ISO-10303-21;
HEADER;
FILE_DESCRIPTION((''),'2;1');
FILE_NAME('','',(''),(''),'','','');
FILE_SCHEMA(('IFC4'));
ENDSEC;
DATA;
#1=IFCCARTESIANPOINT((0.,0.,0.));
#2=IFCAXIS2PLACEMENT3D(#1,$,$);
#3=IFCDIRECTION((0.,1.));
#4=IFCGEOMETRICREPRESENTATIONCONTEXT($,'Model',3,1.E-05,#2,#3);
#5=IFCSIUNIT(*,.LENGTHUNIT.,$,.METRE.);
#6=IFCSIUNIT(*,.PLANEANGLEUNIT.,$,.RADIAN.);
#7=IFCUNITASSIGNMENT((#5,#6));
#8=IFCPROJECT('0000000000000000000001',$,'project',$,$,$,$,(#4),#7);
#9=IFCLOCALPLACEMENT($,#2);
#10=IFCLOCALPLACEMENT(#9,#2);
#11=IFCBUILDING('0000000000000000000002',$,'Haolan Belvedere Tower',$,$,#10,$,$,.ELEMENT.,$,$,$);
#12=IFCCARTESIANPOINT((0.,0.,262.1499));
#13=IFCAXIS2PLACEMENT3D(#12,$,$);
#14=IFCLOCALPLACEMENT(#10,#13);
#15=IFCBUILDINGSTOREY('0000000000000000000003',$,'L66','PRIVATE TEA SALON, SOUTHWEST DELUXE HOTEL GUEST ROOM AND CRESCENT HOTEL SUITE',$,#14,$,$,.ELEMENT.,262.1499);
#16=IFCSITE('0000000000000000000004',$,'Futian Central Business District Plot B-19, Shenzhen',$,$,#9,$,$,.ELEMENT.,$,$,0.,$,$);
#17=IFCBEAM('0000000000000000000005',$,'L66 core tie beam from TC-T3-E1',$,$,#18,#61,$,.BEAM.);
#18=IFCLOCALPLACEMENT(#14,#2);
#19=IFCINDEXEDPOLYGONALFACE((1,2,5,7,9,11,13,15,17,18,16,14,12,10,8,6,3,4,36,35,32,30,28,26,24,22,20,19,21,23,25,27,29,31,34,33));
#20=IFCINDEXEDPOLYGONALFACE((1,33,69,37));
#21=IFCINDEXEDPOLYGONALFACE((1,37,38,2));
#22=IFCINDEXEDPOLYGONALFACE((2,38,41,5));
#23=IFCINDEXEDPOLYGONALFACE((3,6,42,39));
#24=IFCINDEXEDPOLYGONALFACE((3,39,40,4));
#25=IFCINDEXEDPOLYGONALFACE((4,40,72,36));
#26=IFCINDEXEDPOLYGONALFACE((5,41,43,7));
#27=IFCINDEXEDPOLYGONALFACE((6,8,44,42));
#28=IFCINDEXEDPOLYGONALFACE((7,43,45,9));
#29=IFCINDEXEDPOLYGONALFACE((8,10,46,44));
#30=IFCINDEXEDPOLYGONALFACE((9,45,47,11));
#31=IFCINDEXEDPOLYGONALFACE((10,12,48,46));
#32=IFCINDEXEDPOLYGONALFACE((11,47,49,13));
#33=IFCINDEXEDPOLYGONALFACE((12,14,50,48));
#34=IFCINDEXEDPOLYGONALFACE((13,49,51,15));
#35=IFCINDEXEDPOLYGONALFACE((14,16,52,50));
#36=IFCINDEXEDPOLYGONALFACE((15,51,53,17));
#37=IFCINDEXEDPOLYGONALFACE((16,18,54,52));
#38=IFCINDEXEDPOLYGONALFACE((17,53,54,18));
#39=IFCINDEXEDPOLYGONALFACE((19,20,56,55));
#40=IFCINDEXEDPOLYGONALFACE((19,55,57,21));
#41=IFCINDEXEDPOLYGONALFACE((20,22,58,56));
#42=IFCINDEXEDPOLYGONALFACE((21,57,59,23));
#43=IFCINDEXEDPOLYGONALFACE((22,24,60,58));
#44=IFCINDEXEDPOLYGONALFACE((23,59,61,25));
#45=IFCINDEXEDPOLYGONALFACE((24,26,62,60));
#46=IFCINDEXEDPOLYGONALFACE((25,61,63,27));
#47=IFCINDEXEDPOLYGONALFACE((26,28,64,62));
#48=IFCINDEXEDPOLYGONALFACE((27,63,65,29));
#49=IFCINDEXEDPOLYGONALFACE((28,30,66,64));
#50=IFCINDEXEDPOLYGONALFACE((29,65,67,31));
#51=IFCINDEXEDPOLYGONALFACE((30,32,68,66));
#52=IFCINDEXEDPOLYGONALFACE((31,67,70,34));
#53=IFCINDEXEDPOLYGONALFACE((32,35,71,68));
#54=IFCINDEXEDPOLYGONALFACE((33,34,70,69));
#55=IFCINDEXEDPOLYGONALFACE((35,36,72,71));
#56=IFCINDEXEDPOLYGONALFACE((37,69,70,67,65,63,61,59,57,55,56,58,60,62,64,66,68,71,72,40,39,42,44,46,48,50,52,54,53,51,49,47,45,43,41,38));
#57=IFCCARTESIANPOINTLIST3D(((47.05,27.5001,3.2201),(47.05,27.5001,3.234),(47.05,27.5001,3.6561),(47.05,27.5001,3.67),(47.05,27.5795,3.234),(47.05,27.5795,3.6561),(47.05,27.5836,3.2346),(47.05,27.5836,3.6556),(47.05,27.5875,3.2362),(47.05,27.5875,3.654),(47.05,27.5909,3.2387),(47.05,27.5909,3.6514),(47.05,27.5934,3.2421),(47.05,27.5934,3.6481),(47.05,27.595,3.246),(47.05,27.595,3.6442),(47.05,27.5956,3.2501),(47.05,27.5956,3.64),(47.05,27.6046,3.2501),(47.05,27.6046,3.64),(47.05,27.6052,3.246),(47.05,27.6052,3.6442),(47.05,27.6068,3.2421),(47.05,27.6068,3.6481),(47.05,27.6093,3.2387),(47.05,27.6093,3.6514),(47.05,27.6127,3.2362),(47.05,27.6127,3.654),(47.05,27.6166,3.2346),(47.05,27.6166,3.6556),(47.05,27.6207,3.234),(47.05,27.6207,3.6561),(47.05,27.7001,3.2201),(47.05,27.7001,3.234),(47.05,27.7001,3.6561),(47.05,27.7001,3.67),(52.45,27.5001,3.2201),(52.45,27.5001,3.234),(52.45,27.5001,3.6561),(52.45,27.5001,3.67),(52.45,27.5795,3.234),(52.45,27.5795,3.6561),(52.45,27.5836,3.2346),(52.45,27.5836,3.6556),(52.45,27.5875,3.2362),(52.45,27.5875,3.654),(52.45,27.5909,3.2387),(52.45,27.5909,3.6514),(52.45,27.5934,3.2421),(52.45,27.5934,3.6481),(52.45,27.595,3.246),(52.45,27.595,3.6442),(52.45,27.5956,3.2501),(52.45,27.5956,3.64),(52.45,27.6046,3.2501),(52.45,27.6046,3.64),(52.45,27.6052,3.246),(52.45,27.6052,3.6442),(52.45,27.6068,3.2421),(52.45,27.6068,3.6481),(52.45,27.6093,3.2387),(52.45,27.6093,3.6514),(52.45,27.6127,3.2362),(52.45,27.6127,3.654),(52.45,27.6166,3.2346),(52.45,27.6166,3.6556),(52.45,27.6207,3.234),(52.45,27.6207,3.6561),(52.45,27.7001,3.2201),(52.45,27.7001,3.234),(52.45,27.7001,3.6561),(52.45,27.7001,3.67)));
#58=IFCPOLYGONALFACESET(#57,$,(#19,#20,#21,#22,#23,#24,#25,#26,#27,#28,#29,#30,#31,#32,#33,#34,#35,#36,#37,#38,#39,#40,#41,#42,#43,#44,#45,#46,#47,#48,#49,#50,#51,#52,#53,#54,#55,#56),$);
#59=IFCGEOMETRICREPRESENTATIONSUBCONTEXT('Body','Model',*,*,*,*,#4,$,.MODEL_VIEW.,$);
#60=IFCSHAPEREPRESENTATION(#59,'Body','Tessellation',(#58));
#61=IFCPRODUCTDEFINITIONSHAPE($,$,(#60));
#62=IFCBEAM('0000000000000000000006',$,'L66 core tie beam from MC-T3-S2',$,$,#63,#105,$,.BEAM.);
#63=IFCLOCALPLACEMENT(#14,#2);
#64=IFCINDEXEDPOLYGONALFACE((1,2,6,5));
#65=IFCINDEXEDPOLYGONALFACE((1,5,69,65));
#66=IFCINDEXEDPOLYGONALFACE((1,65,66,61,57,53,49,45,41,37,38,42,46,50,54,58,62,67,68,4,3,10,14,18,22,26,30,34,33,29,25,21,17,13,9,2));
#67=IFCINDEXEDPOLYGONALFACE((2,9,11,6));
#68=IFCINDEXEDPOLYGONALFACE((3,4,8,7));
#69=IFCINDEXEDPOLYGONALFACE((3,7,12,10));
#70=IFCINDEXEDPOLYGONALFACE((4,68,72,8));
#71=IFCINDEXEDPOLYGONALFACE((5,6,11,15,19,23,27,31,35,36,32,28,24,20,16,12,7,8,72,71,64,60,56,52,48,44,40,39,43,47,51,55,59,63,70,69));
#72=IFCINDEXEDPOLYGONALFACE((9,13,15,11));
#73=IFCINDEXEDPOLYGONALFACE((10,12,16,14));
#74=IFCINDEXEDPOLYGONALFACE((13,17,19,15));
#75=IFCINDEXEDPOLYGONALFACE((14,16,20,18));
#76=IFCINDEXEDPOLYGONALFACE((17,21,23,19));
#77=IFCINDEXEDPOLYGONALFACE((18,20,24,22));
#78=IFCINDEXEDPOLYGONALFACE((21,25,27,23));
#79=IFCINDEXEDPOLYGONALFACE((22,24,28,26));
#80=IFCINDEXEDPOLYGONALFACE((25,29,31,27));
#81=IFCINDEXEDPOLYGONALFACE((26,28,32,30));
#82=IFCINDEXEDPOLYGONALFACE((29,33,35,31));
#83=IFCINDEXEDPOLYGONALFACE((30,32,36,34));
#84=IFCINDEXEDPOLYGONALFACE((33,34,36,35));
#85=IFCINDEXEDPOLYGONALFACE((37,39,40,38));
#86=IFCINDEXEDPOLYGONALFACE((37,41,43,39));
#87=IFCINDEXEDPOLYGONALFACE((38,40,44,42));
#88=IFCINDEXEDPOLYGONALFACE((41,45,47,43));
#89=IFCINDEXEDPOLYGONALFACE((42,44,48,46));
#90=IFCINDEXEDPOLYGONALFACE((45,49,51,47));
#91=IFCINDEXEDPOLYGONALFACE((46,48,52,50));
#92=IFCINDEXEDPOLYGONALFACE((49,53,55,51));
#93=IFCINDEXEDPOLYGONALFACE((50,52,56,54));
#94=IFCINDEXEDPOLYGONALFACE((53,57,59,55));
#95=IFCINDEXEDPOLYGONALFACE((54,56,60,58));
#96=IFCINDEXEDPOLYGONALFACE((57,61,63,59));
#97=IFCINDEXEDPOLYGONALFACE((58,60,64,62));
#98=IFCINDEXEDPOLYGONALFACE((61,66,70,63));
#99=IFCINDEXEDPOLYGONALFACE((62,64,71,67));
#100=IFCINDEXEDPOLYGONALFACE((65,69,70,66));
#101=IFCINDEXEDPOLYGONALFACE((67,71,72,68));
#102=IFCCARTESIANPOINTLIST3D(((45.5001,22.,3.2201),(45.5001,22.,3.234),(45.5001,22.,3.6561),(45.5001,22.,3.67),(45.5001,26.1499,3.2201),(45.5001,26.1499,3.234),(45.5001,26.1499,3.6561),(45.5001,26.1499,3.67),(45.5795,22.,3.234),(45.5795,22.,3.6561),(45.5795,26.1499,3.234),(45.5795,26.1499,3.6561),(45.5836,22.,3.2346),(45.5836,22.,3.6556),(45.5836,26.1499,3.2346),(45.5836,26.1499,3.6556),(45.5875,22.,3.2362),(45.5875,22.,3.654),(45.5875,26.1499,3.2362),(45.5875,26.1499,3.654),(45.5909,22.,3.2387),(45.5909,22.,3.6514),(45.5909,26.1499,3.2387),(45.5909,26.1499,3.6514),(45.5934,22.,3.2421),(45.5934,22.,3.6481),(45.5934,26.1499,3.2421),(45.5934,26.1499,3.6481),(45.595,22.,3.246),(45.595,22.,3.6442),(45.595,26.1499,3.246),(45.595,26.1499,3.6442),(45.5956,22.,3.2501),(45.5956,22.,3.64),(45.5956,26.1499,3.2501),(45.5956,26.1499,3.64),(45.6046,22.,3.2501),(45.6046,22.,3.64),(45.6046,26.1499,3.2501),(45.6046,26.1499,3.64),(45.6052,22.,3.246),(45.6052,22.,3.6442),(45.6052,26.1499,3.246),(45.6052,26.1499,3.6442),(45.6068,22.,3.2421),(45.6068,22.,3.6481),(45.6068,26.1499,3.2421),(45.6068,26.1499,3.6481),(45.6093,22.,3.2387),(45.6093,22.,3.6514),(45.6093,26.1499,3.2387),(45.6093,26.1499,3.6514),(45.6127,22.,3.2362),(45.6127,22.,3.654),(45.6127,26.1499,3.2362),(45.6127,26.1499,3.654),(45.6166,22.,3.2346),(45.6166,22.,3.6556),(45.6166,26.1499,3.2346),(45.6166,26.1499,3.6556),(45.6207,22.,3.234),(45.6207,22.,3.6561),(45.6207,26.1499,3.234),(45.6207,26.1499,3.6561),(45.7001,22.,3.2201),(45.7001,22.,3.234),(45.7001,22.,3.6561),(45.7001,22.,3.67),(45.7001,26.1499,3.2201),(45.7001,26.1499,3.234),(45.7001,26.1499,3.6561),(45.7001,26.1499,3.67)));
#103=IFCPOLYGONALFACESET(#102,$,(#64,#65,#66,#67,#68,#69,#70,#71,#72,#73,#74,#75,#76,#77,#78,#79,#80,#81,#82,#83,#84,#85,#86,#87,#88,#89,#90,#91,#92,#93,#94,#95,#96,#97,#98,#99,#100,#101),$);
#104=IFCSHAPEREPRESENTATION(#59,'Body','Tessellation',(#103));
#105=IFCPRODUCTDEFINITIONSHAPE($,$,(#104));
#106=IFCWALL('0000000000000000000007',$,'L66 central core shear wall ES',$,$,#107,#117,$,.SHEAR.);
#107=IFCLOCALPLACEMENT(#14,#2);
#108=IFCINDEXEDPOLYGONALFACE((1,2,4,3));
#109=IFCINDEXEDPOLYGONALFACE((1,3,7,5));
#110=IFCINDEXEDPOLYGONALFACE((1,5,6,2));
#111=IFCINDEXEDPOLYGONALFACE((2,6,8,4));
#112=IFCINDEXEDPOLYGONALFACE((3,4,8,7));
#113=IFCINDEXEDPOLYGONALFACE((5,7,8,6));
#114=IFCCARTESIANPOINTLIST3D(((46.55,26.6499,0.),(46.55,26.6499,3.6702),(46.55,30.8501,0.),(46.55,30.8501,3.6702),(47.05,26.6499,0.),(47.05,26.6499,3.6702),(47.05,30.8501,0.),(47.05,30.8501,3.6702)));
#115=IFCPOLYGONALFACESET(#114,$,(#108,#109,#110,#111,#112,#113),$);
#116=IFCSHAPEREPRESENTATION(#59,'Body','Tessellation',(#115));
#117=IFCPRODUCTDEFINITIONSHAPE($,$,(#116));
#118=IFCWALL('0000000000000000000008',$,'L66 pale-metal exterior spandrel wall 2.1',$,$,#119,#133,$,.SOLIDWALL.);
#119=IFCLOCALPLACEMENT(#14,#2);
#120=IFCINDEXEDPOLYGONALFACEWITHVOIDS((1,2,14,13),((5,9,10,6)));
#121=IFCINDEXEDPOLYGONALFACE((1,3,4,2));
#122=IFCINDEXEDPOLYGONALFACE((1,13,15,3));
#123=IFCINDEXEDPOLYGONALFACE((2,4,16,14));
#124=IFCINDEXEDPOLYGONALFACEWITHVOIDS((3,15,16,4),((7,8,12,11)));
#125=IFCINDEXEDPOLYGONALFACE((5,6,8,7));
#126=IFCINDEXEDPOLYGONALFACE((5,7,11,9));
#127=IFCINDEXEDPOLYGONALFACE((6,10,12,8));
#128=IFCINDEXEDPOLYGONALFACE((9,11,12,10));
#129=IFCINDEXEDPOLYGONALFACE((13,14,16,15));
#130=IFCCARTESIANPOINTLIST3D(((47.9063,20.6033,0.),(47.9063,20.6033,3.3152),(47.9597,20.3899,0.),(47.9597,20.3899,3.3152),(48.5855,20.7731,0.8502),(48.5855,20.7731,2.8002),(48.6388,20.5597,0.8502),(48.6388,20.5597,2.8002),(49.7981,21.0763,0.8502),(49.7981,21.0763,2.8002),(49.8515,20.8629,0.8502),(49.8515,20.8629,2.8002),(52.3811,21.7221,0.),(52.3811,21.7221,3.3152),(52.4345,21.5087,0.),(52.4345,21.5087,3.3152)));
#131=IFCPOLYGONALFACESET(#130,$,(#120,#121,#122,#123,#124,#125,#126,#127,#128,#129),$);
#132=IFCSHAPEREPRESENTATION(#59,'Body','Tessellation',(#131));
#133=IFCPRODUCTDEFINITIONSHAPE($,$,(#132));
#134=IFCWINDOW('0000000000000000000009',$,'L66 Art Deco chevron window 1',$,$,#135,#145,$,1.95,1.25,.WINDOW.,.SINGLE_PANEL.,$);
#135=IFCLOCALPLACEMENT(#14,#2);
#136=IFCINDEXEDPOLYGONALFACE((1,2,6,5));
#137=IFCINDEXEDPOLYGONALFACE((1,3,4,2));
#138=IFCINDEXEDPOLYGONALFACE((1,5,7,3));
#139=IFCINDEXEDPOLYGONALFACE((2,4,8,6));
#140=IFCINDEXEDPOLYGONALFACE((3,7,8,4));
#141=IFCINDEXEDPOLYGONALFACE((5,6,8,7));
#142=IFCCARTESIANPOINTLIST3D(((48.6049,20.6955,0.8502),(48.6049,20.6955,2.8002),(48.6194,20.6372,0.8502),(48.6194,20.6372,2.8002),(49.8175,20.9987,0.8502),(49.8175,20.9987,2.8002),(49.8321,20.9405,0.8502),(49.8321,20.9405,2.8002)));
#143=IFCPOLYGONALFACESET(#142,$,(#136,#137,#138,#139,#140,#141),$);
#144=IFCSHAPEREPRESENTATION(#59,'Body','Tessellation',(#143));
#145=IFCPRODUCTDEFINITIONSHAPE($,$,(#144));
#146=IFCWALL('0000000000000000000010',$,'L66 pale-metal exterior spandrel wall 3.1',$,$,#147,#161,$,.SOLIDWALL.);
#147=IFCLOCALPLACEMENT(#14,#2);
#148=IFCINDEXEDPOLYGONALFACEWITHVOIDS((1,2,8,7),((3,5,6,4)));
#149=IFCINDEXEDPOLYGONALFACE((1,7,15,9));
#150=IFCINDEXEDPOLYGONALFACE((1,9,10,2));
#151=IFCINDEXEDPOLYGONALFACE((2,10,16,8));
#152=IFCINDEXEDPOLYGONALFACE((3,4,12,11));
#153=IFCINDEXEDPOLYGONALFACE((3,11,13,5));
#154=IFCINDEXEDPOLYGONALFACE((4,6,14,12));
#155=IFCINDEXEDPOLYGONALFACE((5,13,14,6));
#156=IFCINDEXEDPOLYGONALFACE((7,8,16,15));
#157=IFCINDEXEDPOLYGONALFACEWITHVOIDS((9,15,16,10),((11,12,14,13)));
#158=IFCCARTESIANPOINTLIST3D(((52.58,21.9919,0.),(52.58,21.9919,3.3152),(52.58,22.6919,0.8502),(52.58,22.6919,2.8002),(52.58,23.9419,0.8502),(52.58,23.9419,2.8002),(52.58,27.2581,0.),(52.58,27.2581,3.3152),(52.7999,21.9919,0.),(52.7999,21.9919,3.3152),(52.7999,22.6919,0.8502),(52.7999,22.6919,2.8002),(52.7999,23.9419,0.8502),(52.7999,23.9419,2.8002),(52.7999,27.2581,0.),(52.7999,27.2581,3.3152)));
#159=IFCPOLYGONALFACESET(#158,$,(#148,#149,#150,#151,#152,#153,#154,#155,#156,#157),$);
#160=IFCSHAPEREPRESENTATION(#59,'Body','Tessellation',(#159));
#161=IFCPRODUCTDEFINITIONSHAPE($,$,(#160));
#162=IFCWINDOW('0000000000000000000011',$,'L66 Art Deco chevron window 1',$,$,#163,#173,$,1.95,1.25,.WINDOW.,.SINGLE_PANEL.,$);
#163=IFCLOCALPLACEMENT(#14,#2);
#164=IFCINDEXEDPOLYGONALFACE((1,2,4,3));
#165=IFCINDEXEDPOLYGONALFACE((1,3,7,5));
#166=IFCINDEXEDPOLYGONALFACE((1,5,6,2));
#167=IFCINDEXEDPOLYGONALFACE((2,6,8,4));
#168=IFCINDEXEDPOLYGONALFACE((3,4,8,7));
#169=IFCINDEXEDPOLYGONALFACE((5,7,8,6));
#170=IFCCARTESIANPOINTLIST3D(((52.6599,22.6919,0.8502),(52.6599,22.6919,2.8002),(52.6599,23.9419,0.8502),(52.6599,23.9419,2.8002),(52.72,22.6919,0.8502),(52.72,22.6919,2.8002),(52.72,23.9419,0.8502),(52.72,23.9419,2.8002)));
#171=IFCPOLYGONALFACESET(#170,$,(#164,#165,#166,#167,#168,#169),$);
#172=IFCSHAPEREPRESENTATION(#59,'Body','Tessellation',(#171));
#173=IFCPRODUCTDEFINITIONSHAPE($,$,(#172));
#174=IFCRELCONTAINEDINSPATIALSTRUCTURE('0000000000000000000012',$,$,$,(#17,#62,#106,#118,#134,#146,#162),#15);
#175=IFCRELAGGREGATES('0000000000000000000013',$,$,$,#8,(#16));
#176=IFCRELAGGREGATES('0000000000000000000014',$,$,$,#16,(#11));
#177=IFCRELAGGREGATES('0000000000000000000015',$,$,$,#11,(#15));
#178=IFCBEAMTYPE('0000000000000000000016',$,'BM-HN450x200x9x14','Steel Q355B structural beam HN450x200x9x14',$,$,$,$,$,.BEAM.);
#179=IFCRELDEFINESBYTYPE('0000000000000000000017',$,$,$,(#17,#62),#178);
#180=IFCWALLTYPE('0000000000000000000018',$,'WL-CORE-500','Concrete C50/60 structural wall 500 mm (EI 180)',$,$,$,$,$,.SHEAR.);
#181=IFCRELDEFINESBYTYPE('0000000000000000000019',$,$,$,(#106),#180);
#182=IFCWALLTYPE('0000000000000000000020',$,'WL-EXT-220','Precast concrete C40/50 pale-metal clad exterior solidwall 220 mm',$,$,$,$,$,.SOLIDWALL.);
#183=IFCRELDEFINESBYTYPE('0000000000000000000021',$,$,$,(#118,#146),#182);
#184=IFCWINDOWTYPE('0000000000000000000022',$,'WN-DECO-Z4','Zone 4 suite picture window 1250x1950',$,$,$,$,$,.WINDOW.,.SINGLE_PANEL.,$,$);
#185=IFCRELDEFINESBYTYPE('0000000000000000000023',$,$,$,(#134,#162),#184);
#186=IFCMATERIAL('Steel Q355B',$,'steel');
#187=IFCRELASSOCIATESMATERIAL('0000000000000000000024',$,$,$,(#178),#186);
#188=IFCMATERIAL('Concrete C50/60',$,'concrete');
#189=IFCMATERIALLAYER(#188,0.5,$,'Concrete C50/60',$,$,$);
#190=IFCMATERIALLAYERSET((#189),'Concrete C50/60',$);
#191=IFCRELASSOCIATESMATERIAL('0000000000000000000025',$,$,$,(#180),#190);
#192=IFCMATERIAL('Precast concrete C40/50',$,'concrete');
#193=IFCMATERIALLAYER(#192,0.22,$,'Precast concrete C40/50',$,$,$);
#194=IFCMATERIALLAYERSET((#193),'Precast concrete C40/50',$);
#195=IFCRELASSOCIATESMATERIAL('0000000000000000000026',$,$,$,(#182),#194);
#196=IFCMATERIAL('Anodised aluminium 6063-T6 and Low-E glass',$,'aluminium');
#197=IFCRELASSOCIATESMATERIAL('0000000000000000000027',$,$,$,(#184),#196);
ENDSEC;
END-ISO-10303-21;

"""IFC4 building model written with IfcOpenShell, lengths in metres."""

from ifc_helpers import new_model, si_unit, direction, frame, frame_2d, origin, origin_2d, place, context, subcontext, project, spatial, rectangle, i_section, extrude, material, layer, layer_set, material_profile, profile_set, type_object, element, fill, save


model = new_model("IFC4")

# Units and contexts
model_context = context("Model", 3, precision=1e-05, world=origin(), true_north=direction((0.0, 1.0)))
body_context = subcontext(model_context, "Body", "Model", "MODEL_VIEW")
ifc_project = project(units=[si_unit("LENGTHUNIT", "METRE"), si_unit("PLANEANGLEUNIT", "RADIAN")], contexts=[model_context])

# Site, building, storey
site_placement = place(None, origin())
site = spatial("IfcSite", under=ifc_project, at=site_placement, Name="Futian Central Business District Plot B-19, Shenzhen", CompositionType="ELEMENT", RefElevation=0.0)
building_placement = place(site_placement, origin())
building = spatial("IfcBuilding", under=site, at=building_placement, Name="Haolan Belvedere Tower", CompositionType="ELEMENT")
storey_placement = place(building_placement, frame((0.0, 0.0, 262.1499)))
storey = spatial("IfcBuildingStorey", under=building, at=storey_placement, Name="L66", Description="PRIVATE TEA SALON, SOUTHWEST DELUXE HOTEL GUEST ROOM AND CRESCENT HOTEL SUITE", CompositionType="ELEMENT", Elevation=262.1499)

# Beams
ifc_material_1 = material(Name="Steel Q355B", Category="steel")
ifc_material_profile_1 = material_profile(ifc_material_1, i_section(OverallWidth=0.2, OverallDepth=0.45, WebThickness=0.009, FlangeThickness=0.0139, FilletRadius=0.0161, at=origin_2d()), Name="Steel Q355B")
ifc_profile_set_1 = profile_set([ifc_material_profile_1], Name="Steel Q355B")
beam_type_1 = type_object("IfcBeamType", Name="BM-HN450x200x9x14", Description="Steel Q355B structural beam HN450x200x9x14", PredefinedType="BEAM", material=ifc_profile_set_1)
beam_1_placement = place(storey_placement, frame((52.45, 27.6001, 3.4451), z_axis=(-1.0, 0.0, 0.0), x_axis=(0.0, -1.0, 0.0)))
element("IfcBeam", 1, at=beam_1_placement, inside=storey, type_object=beam_type_1, Name="L66 core tie beam from TC-T3-E1", PredefinedType="BEAM", context=body_context, shape_type="SweptSolid", body=[
    extrude(i_section(OverallWidth=0.2, OverallDepth=0.45, WebThickness=0.009, FlangeThickness=0.0139, FilletRadius=0.0161, at=origin_2d()), origin(), (0.0, 0.0, 1.0), 5.3999),
])
beam_2_placement = place(storey_placement, frame((45.6001, 22.0, 3.4451), z_axis=(0.0, 1.0, 0.0), x_axis=(-1.0, 0.0, 0.0)))
element("IfcBeam", 2, at=beam_2_placement, inside=storey, type_object=beam_type_1, Name="L66 core tie beam from MC-T3-S2", PredefinedType="BEAM", context=body_context, shape_type="SweptSolid", body=[
    extrude(i_section(OverallWidth=0.2, OverallDepth=0.45, WebThickness=0.009, FlangeThickness=0.0139, FilletRadius=0.0161, at=origin_2d()), origin(), (0.0, 0.0, 1.0), 4.1499),
])

# Wall
ifc_material_2 = material(Name="Concrete C50/60", Category="concrete")
ifc_layer_1 = layer(ifc_material_2, 0.5, Name="Concrete C50/60")
ifc_layer_set_1 = layer_set([ifc_layer_1], Name="Concrete C50/60")
wall_type_1 = type_object("IfcWallType", Name="WL-CORE-500", Description="Concrete C50/60 structural wall 500 mm (EI 180)", PredefinedType="SHEAR", material=ifc_layer_set_1)
wall_1_placement = place(storey_placement, frame((46.8, 26.6499, 0.0), z_axis=(0.0, 0.0, 1.0), x_axis=(0.0, 1.0, 0.0)))
element("IfcWall", 3, at=wall_1_placement, inside=storey, type_object=wall_type_1, Name="L66 central core shear wall ES", PredefinedType="SHEAR", context=body_context, shape_type="SweptSolid", body=[
    extrude(rectangle(XDim=4.2002, YDim=0.5, at=frame_2d((2.1001, 0.0))), origin(), (0.0, 0.0, 1.0), 3.6702),
])

# Walls, openings, windows
ifc_material_3 = material(Name="Precast concrete C40/50", Category="concrete")
ifc_layer_2 = layer(ifc_material_3, 0.22, Name="Precast concrete C40/50")
ifc_layer_set_2 = layer_set([ifc_layer_2], Name="Precast concrete C40/50")
wall_type_2 = type_object("IfcWallType", Name="WL-EXT-220", Description="Precast concrete C40/50 pale-metal clad exterior solidwall 220 mm", PredefinedType="SOLIDWALL", material=ifc_layer_set_2)
wall_2_placement = place(storey_placement, frame((47.9331, 20.4966, 0.0), z_axis=(0.0, 0.0, 1.0), x_axis=(0.970133, 0.242573, 0.0)))
wall_2 = element("IfcWall", 4, at=wall_2_placement, inside=storey, type_object=wall_type_2, Name="L66 pale-metal exterior spandrel wall 2.1", PredefinedType="SOLIDWALL", context=body_context, shape_type="SweptSolid", body=[
    extrude(rectangle(XDim=4.6125, YDim=0.22, at=frame_2d((2.3062, 0.0))), origin(), (0.0, 0.0, 1.0), 3.3152),
])
opening_1_placement = place(wall_2_placement, frame((0.7, 0.0, 0.8501)))
opening_1 = element("IfcOpeningElement", 5, at=opening_1_placement, cuts=wall_2, PredefinedType="OPENING", context=body_context, shape_type="SweptSolid", body=[
    extrude(rectangle(XDim=1.25, YDim=1.95, at=frame_2d((0.625, 0.9751))), frame((0.0, 0.1199, 0.0), z_axis=(0.0, -1.0, 0.0), x_axis=(1.0, 0.0, 0.0)), (0.0, 0.0, 1.0), 0.24),
])
ifc_material_4 = material(Name="Anodised aluminium 6063-T6 and Low-E glass", Category="aluminium")
window_type = type_object("IfcWindowType", Name="WN-DECO-Z4", Description="Zone 4 suite picture window 1250x1950", PartitioningType="SINGLE_PANEL", PredefinedType="WINDOW", material=ifc_material_4)
window_1_placement = place(opening_1_placement, origin())
window_1 = element("IfcWindow", 6, at=window_1_placement, inside=storey, type_object=window_type, Name="L66 Art Deco chevron window 1", OverallHeight=1.95, OverallWidth=1.25, PartitioningType="SINGLE_PANEL", PredefinedType="WINDOW", context=body_context, shape_type="SweptSolid", body=[
    extrude(rectangle(XDim=1.25, YDim=1.95, at=frame_2d((0.625, 0.9751))), frame((0.0, 0.03, 0.0), z_axis=(0.0, -1.0, 0.0), x_axis=(1.0, 0.0, 0.0)), (0.0, 0.0, 1.0), 0.0601),
])
fill(opening_1, window_1)
wall_3_placement = place(storey_placement, frame((52.6899, 21.9919, 0.0), z_axis=(0.0, 0.0, 1.0), x_axis=(0.0, 1.0, 0.0)))
wall_3 = element("IfcWall", 7, at=wall_3_placement, inside=storey, type_object=wall_type_2, Name="L66 pale-metal exterior spandrel wall 3.1", PredefinedType="SOLIDWALL", context=body_context, shape_type="SweptSolid", body=[
    extrude(rectangle(XDim=5.2661, YDim=0.22, at=frame_2d((2.6331, 0.0))), origin(), (0.0, 0.0, 1.0), 3.3152),
])
opening_2_placement = place(wall_3_placement, frame((0.7, 0.0, 0.8501)))
opening_2 = element("IfcOpeningElement", 8, at=opening_2_placement, cuts=wall_3, PredefinedType="OPENING", context=body_context, shape_type="SweptSolid", body=[
    extrude(rectangle(XDim=1.25, YDim=1.95, at=frame_2d((0.625, 0.9751))), frame((0.0, 0.1199, 0.0), z_axis=(0.0, -1.0, 0.0), x_axis=(1.0, 0.0, 0.0)), (0.0, 0.0, 1.0), 0.24),
])
window_2_placement = place(opening_2_placement, origin())
window_2 = element("IfcWindow", 9, at=window_2_placement, inside=storey, type_object=window_type, Name="L66 Art Deco chevron window 1", OverallHeight=1.95, OverallWidth=1.25, PartitioningType="SINGLE_PANEL", PredefinedType="WINDOW", context=body_context, shape_type="SweptSolid", body=[
    extrude(rectangle(XDim=1.25, YDim=1.95, at=frame_2d((0.625, 0.9751))), frame((0.0, 0.03, 0.0), z_axis=(0.0, -1.0, 0.0), x_axis=(1.0, 0.0, 0.0)), (0.0, 0.0, 1.0), 0.0601),
])
fill(opening_2, window_2)

save(model, "model.ifc")
